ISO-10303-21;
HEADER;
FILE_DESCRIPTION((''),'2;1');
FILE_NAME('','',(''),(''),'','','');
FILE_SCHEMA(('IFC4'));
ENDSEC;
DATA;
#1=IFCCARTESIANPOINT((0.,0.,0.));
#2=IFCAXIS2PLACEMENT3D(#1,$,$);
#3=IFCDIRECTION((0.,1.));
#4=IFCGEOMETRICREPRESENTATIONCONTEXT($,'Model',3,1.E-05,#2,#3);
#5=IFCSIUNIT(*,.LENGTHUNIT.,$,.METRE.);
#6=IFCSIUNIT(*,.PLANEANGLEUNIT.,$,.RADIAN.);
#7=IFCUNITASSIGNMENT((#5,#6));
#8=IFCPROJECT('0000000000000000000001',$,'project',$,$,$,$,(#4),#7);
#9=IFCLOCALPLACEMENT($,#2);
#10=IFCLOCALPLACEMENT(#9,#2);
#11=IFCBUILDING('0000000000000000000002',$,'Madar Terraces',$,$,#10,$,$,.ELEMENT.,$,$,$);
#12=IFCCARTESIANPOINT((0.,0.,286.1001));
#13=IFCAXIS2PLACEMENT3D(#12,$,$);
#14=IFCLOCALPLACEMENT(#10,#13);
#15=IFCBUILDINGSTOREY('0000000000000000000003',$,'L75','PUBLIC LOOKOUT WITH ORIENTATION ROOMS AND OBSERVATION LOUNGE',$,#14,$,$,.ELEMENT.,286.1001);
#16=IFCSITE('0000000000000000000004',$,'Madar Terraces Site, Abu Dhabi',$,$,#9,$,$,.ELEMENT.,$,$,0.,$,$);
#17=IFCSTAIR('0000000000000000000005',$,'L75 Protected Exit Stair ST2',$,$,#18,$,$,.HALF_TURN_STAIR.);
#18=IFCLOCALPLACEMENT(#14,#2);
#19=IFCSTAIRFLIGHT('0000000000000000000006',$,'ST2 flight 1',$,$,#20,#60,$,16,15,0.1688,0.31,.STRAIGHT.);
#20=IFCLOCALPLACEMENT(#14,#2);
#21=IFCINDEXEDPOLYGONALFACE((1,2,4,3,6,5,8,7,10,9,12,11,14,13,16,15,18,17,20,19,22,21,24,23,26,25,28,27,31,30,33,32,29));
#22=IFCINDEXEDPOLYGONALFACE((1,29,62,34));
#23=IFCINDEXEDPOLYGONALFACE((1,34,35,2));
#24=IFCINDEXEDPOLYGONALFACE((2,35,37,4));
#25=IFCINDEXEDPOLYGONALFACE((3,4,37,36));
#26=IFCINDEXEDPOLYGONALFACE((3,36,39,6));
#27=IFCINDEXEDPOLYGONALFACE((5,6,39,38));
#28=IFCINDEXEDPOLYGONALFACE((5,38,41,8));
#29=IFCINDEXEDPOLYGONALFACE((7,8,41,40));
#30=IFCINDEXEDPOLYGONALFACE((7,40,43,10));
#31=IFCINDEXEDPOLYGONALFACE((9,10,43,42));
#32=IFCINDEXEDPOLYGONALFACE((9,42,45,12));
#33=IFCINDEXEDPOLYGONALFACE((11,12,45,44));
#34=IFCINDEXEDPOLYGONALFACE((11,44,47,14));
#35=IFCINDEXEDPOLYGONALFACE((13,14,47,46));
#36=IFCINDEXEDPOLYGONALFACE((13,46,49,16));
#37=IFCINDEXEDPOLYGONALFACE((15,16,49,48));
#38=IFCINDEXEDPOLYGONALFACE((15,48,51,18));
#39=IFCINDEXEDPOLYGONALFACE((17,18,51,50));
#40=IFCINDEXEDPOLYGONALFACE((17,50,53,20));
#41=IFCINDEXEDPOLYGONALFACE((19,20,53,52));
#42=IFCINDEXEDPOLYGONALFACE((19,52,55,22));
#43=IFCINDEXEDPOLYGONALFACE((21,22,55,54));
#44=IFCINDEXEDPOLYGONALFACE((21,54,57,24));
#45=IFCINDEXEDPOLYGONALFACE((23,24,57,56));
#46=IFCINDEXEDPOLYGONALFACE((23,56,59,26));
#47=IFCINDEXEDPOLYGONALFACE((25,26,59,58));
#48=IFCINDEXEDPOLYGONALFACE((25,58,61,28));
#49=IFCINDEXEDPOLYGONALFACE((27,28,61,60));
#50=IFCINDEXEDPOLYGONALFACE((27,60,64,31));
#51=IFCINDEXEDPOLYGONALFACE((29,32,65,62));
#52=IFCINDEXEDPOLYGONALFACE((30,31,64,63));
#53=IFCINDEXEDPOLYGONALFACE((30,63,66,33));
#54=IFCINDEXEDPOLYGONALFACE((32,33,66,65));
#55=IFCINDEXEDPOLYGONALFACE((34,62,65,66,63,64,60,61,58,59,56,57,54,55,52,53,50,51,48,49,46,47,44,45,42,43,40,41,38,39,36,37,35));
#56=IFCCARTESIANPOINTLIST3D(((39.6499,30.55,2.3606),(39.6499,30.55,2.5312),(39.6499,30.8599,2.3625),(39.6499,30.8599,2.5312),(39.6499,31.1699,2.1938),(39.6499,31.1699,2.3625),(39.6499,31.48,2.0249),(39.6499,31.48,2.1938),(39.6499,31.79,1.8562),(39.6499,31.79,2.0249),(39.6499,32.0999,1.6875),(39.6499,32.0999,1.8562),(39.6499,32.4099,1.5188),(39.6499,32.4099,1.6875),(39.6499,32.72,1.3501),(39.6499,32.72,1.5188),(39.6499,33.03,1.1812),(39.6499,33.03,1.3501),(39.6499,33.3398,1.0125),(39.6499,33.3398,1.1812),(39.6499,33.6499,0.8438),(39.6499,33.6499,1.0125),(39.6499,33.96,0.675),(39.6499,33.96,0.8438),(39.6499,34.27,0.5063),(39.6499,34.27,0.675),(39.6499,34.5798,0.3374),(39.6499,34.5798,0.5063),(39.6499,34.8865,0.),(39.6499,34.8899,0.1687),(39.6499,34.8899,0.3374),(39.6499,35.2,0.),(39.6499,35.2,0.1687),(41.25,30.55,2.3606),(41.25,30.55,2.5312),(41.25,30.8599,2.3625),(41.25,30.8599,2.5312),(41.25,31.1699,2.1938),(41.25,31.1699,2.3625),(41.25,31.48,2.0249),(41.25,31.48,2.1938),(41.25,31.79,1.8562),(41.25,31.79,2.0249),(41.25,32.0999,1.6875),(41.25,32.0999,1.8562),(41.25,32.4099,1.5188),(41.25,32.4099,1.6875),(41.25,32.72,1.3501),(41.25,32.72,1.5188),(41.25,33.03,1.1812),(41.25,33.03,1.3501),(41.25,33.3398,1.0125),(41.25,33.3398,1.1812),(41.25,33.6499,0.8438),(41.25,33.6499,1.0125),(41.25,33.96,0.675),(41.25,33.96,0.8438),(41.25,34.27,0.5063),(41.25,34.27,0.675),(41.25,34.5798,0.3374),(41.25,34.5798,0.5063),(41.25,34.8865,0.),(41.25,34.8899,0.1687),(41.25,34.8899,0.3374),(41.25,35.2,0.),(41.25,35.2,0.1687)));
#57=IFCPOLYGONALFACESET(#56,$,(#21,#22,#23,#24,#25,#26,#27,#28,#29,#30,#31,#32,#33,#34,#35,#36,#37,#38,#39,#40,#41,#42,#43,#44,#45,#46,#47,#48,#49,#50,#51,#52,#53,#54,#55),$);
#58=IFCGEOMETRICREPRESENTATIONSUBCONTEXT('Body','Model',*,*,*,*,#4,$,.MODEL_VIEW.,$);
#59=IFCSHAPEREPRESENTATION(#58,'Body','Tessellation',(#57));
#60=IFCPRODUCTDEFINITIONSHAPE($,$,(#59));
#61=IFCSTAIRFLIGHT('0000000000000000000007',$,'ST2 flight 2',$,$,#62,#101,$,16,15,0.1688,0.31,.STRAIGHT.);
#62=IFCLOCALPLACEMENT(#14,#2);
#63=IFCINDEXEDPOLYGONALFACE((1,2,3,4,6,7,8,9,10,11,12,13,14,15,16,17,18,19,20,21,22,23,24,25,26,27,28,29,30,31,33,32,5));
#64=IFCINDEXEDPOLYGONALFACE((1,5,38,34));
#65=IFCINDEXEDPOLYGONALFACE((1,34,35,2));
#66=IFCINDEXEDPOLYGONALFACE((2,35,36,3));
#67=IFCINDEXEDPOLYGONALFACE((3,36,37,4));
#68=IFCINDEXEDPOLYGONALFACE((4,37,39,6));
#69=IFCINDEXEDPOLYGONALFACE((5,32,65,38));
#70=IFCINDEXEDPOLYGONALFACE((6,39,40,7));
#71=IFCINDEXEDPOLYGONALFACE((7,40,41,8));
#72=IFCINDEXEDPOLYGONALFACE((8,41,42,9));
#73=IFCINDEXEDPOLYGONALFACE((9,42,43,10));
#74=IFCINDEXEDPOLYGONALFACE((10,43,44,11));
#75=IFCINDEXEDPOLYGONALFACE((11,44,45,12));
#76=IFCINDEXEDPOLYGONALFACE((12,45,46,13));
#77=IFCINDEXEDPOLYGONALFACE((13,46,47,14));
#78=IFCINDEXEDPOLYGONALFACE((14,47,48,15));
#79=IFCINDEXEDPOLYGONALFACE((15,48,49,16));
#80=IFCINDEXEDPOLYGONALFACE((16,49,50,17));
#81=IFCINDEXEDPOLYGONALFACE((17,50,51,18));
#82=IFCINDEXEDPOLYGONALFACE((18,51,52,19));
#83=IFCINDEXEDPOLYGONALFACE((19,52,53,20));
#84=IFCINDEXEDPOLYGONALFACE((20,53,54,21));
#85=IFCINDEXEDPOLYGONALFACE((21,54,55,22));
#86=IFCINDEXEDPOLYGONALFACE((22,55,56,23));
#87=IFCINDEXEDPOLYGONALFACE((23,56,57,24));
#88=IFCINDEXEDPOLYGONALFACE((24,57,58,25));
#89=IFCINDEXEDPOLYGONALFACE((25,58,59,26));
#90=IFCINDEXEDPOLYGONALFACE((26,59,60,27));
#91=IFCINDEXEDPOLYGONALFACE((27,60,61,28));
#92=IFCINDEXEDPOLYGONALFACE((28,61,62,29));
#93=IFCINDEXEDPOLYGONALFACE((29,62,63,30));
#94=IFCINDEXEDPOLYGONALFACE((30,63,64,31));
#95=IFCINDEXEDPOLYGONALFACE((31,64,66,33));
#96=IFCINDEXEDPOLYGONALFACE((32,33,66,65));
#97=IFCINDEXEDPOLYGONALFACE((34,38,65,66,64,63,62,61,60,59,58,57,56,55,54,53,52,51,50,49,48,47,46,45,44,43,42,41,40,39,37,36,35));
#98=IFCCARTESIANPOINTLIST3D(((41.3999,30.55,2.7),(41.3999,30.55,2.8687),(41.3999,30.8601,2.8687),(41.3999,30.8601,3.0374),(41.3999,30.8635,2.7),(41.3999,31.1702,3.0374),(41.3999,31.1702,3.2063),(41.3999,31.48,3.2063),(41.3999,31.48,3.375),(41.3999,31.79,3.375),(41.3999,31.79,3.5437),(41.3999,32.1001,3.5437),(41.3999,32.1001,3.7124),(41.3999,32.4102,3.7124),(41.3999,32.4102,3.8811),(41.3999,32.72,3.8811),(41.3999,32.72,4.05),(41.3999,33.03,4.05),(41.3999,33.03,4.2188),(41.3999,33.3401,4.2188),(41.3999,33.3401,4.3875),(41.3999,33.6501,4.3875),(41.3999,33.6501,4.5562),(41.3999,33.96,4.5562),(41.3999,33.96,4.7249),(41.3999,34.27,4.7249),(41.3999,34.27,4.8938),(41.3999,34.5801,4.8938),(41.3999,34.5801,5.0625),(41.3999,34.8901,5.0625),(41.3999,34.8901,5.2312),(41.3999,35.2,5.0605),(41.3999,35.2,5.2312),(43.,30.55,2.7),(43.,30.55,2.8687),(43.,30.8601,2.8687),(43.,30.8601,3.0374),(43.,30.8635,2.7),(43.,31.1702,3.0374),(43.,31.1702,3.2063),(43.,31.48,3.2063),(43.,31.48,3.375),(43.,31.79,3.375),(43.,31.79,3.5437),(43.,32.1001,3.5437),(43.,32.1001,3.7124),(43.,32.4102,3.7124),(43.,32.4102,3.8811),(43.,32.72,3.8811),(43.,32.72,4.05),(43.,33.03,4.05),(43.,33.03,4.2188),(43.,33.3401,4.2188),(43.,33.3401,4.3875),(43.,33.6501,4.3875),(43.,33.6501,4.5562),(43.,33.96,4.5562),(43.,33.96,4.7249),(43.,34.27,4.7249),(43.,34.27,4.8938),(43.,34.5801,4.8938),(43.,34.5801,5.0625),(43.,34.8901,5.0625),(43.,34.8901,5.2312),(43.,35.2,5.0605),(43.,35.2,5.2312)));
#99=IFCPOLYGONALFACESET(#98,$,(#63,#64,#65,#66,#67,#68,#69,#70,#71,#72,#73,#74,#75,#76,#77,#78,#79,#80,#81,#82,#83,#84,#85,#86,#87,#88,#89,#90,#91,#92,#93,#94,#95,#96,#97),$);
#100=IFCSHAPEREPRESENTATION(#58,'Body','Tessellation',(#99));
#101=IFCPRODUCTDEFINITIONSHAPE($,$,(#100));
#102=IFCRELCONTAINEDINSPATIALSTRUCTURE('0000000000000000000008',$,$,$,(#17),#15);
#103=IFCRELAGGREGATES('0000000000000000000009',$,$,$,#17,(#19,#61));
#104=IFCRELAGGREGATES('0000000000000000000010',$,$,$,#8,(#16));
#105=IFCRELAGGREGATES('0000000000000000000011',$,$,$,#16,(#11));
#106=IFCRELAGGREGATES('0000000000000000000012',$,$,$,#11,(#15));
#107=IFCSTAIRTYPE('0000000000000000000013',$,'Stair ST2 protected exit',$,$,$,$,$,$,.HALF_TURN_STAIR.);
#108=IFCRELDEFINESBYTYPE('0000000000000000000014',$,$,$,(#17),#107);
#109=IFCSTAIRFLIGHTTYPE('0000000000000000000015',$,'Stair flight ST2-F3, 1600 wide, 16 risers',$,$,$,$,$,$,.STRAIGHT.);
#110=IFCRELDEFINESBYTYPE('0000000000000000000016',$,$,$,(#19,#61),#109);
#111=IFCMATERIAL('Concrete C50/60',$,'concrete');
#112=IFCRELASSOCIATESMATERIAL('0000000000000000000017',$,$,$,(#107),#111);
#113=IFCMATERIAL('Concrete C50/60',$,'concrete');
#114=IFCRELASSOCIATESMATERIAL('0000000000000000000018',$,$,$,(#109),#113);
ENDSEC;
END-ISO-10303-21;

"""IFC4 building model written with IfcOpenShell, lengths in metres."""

from ifc_helpers import new_model, si_unit, direction, frame, origin, place, context, subcontext, project, spatial, polyline, outline, extrude, material, type_object, element, aggregate, save


model = new_model("IFC4")

# Units and contexts
model_context = context("Model", 3, precision=1e-05, world=origin(), true_north=direction((0.0, 1.0)))
body_context = subcontext(model_context, "Body", "Model", "MODEL_VIEW")
ifc_project = project(units=[si_unit("LENGTHUNIT", "METRE"), si_unit("PLANEANGLEUNIT", "RADIAN")], contexts=[model_context])

# Site, building, storey
site_placement = place(None, origin())
site = spatial("IfcSite", under=ifc_project, at=site_placement, Name="Madar Terraces Site, Abu Dhabi", CompositionType="ELEMENT", RefElevation=0.0)
building_placement = place(site_placement, origin())
building = spatial("IfcBuilding", under=site, at=building_placement, Name="Madar Terraces", CompositionType="ELEMENT")
storey_placement = place(building_placement, frame((0.0, 0.0, 286.1001)))
storey = spatial("IfcBuildingStorey", under=building, at=storey_placement, Name="L75", Description="PUBLIC LOOKOUT WITH ORIENTATION ROOMS AND OBSERVATION LOUNGE", CompositionType="ELEMENT", Elevation=286.1001)

# Stair, stair flights
ifc_material_1 = material(Name="Concrete C50/60", Category="concrete")
stair_type = type_object("IfcStairType", Name="Stair ST2 protected exit", PredefinedType="HALF_TURN_STAIR", material=ifc_material_1)
stair_placement = place(storey_placement, origin())
stair = element("IfcStair", 1, at=stair_placement, inside=storey, type_object=stair_type, Name="L75 Protected Exit Stair ST2", PredefinedType="HALF_TURN_STAIR")
ifc_material_2 = material(Name="Concrete C50/60", Category="concrete")
stair_flight_type = type_object("IfcStairFlightType", Name="Stair flight ST2-F3, 1600 wide, 16 risers", PredefinedType="STRAIGHT", material=ifc_material_2)
stair_flight_1_placement = place(storey_placement, frame((40.45, 35.2, 0.0), z_axis=(0.0, 0.0, 1.0), x_axis=(0.0, -1.0, 0.0)))
stair_flight_1 = element("IfcStairFlight", 2, at=stair_flight_1_placement, type_object=stair_flight_type, Name="ST2 flight 1", NumberOfRisers=16, NumberOfTreads=15, PredefinedType="STRAIGHT", RiserHeight=0.1688, TreadLength=0.31, context=body_context, shape_type="SweptSolid", body=[
    extrude(outline(polyline([(0.0, 0.0), (0.0, 0.1687), (0.3101, 0.1687), (0.3101, 0.3374), (0.6201, 0.3374), (0.6201, 0.5063), (0.9299, 0.5063), (0.9299, 0.675), (1.24, 0.675), (1.24, 0.8438), (1.55, 0.8438), (1.55, 1.0125), (1.8601, 1.0125), (1.8601, 1.1812), (2.1699, 1.1812), (2.1699, 1.3501), (2.48, 1.3501), (2.48, 1.5188), (2.79, 1.5188), (2.79, 1.6875), (3.1001, 1.6875), (3.1001, 1.8562), (3.4099, 1.8562), (3.4099, 2.0249), (3.72, 2.0249), (3.72, 2.1938), (4.03, 2.1938), (4.03, 2.3625), (4.3401, 2.3625), (4.3401, 2.5312), (4.6499, 2.5312), (4.6499, 2.7), (4.6499, 2.3606), (0.3135, 0.0), (0.0, 0.0)])), frame((0.0, 0.8, 0.0), z_axis=(0.0, -1.0, 0.0), x_axis=(1.0, 0.0, 0.0)), (0.0, 0.0, 1.0), 1.6001),
])
stair_flight_2_placement = place(storey_placement, frame((42.2, 30.55, 2.7), z_axis=(0.0, 0.0, 1.0), x_axis=(0.0, 1.0, 0.0)))
stair_flight_2 = element("IfcStairFlight", 3, at=stair_flight_2_placement, type_object=stair_flight_type, Name="ST2 flight 2", NumberOfRisers=16, NumberOfTreads=15, PredefinedType="STRAIGHT", RiserHeight=0.1688, TreadLength=0.31, context=body_context, shape_type="SweptSolid", body=[
    extrude(outline(polyline([(0.0, 0.0), (0.0, 0.1687), (0.3101, 0.1687), (0.3101, 0.3374), (0.6201, 0.3374), (0.6201, 0.5063), (0.9299, 0.5063), (0.9299, 0.675), (1.24, 0.675), (1.24, 0.8438), (1.55, 0.8438), (1.55, 1.0125), (1.8601, 1.0125), (1.8601, 1.1812), (2.1699, 1.1812), (2.1699, 1.3501), (2.48, 1.3501), (2.48, 1.5188), (2.79, 1.5188), (2.79, 1.6875), (3.1001, 1.6875), (3.1001, 1.8562), (3.4099, 1.8562), (3.4099, 2.0249), (3.72, 2.0249), (3.72, 2.1938), (4.03, 2.1938), (4.03, 2.3625), (4.3401, 2.3625), (4.3401, 2.5312), (4.6499, 2.5312), (4.6499, 2.7), (4.6499, 2.3606), (0.3135, 0.0), (0.0, 0.0)])), frame((0.0, 0.8, 0.0), z_axis=(0.0, -1.0, 0.0), x_axis=(1.0, 0.0, 0.0)), (0.0, 0.0, 1.0), 1.6001),
])
aggregate(stair, [stair_flight_1, stair_flight_2])

save(model, "model.ifc")
